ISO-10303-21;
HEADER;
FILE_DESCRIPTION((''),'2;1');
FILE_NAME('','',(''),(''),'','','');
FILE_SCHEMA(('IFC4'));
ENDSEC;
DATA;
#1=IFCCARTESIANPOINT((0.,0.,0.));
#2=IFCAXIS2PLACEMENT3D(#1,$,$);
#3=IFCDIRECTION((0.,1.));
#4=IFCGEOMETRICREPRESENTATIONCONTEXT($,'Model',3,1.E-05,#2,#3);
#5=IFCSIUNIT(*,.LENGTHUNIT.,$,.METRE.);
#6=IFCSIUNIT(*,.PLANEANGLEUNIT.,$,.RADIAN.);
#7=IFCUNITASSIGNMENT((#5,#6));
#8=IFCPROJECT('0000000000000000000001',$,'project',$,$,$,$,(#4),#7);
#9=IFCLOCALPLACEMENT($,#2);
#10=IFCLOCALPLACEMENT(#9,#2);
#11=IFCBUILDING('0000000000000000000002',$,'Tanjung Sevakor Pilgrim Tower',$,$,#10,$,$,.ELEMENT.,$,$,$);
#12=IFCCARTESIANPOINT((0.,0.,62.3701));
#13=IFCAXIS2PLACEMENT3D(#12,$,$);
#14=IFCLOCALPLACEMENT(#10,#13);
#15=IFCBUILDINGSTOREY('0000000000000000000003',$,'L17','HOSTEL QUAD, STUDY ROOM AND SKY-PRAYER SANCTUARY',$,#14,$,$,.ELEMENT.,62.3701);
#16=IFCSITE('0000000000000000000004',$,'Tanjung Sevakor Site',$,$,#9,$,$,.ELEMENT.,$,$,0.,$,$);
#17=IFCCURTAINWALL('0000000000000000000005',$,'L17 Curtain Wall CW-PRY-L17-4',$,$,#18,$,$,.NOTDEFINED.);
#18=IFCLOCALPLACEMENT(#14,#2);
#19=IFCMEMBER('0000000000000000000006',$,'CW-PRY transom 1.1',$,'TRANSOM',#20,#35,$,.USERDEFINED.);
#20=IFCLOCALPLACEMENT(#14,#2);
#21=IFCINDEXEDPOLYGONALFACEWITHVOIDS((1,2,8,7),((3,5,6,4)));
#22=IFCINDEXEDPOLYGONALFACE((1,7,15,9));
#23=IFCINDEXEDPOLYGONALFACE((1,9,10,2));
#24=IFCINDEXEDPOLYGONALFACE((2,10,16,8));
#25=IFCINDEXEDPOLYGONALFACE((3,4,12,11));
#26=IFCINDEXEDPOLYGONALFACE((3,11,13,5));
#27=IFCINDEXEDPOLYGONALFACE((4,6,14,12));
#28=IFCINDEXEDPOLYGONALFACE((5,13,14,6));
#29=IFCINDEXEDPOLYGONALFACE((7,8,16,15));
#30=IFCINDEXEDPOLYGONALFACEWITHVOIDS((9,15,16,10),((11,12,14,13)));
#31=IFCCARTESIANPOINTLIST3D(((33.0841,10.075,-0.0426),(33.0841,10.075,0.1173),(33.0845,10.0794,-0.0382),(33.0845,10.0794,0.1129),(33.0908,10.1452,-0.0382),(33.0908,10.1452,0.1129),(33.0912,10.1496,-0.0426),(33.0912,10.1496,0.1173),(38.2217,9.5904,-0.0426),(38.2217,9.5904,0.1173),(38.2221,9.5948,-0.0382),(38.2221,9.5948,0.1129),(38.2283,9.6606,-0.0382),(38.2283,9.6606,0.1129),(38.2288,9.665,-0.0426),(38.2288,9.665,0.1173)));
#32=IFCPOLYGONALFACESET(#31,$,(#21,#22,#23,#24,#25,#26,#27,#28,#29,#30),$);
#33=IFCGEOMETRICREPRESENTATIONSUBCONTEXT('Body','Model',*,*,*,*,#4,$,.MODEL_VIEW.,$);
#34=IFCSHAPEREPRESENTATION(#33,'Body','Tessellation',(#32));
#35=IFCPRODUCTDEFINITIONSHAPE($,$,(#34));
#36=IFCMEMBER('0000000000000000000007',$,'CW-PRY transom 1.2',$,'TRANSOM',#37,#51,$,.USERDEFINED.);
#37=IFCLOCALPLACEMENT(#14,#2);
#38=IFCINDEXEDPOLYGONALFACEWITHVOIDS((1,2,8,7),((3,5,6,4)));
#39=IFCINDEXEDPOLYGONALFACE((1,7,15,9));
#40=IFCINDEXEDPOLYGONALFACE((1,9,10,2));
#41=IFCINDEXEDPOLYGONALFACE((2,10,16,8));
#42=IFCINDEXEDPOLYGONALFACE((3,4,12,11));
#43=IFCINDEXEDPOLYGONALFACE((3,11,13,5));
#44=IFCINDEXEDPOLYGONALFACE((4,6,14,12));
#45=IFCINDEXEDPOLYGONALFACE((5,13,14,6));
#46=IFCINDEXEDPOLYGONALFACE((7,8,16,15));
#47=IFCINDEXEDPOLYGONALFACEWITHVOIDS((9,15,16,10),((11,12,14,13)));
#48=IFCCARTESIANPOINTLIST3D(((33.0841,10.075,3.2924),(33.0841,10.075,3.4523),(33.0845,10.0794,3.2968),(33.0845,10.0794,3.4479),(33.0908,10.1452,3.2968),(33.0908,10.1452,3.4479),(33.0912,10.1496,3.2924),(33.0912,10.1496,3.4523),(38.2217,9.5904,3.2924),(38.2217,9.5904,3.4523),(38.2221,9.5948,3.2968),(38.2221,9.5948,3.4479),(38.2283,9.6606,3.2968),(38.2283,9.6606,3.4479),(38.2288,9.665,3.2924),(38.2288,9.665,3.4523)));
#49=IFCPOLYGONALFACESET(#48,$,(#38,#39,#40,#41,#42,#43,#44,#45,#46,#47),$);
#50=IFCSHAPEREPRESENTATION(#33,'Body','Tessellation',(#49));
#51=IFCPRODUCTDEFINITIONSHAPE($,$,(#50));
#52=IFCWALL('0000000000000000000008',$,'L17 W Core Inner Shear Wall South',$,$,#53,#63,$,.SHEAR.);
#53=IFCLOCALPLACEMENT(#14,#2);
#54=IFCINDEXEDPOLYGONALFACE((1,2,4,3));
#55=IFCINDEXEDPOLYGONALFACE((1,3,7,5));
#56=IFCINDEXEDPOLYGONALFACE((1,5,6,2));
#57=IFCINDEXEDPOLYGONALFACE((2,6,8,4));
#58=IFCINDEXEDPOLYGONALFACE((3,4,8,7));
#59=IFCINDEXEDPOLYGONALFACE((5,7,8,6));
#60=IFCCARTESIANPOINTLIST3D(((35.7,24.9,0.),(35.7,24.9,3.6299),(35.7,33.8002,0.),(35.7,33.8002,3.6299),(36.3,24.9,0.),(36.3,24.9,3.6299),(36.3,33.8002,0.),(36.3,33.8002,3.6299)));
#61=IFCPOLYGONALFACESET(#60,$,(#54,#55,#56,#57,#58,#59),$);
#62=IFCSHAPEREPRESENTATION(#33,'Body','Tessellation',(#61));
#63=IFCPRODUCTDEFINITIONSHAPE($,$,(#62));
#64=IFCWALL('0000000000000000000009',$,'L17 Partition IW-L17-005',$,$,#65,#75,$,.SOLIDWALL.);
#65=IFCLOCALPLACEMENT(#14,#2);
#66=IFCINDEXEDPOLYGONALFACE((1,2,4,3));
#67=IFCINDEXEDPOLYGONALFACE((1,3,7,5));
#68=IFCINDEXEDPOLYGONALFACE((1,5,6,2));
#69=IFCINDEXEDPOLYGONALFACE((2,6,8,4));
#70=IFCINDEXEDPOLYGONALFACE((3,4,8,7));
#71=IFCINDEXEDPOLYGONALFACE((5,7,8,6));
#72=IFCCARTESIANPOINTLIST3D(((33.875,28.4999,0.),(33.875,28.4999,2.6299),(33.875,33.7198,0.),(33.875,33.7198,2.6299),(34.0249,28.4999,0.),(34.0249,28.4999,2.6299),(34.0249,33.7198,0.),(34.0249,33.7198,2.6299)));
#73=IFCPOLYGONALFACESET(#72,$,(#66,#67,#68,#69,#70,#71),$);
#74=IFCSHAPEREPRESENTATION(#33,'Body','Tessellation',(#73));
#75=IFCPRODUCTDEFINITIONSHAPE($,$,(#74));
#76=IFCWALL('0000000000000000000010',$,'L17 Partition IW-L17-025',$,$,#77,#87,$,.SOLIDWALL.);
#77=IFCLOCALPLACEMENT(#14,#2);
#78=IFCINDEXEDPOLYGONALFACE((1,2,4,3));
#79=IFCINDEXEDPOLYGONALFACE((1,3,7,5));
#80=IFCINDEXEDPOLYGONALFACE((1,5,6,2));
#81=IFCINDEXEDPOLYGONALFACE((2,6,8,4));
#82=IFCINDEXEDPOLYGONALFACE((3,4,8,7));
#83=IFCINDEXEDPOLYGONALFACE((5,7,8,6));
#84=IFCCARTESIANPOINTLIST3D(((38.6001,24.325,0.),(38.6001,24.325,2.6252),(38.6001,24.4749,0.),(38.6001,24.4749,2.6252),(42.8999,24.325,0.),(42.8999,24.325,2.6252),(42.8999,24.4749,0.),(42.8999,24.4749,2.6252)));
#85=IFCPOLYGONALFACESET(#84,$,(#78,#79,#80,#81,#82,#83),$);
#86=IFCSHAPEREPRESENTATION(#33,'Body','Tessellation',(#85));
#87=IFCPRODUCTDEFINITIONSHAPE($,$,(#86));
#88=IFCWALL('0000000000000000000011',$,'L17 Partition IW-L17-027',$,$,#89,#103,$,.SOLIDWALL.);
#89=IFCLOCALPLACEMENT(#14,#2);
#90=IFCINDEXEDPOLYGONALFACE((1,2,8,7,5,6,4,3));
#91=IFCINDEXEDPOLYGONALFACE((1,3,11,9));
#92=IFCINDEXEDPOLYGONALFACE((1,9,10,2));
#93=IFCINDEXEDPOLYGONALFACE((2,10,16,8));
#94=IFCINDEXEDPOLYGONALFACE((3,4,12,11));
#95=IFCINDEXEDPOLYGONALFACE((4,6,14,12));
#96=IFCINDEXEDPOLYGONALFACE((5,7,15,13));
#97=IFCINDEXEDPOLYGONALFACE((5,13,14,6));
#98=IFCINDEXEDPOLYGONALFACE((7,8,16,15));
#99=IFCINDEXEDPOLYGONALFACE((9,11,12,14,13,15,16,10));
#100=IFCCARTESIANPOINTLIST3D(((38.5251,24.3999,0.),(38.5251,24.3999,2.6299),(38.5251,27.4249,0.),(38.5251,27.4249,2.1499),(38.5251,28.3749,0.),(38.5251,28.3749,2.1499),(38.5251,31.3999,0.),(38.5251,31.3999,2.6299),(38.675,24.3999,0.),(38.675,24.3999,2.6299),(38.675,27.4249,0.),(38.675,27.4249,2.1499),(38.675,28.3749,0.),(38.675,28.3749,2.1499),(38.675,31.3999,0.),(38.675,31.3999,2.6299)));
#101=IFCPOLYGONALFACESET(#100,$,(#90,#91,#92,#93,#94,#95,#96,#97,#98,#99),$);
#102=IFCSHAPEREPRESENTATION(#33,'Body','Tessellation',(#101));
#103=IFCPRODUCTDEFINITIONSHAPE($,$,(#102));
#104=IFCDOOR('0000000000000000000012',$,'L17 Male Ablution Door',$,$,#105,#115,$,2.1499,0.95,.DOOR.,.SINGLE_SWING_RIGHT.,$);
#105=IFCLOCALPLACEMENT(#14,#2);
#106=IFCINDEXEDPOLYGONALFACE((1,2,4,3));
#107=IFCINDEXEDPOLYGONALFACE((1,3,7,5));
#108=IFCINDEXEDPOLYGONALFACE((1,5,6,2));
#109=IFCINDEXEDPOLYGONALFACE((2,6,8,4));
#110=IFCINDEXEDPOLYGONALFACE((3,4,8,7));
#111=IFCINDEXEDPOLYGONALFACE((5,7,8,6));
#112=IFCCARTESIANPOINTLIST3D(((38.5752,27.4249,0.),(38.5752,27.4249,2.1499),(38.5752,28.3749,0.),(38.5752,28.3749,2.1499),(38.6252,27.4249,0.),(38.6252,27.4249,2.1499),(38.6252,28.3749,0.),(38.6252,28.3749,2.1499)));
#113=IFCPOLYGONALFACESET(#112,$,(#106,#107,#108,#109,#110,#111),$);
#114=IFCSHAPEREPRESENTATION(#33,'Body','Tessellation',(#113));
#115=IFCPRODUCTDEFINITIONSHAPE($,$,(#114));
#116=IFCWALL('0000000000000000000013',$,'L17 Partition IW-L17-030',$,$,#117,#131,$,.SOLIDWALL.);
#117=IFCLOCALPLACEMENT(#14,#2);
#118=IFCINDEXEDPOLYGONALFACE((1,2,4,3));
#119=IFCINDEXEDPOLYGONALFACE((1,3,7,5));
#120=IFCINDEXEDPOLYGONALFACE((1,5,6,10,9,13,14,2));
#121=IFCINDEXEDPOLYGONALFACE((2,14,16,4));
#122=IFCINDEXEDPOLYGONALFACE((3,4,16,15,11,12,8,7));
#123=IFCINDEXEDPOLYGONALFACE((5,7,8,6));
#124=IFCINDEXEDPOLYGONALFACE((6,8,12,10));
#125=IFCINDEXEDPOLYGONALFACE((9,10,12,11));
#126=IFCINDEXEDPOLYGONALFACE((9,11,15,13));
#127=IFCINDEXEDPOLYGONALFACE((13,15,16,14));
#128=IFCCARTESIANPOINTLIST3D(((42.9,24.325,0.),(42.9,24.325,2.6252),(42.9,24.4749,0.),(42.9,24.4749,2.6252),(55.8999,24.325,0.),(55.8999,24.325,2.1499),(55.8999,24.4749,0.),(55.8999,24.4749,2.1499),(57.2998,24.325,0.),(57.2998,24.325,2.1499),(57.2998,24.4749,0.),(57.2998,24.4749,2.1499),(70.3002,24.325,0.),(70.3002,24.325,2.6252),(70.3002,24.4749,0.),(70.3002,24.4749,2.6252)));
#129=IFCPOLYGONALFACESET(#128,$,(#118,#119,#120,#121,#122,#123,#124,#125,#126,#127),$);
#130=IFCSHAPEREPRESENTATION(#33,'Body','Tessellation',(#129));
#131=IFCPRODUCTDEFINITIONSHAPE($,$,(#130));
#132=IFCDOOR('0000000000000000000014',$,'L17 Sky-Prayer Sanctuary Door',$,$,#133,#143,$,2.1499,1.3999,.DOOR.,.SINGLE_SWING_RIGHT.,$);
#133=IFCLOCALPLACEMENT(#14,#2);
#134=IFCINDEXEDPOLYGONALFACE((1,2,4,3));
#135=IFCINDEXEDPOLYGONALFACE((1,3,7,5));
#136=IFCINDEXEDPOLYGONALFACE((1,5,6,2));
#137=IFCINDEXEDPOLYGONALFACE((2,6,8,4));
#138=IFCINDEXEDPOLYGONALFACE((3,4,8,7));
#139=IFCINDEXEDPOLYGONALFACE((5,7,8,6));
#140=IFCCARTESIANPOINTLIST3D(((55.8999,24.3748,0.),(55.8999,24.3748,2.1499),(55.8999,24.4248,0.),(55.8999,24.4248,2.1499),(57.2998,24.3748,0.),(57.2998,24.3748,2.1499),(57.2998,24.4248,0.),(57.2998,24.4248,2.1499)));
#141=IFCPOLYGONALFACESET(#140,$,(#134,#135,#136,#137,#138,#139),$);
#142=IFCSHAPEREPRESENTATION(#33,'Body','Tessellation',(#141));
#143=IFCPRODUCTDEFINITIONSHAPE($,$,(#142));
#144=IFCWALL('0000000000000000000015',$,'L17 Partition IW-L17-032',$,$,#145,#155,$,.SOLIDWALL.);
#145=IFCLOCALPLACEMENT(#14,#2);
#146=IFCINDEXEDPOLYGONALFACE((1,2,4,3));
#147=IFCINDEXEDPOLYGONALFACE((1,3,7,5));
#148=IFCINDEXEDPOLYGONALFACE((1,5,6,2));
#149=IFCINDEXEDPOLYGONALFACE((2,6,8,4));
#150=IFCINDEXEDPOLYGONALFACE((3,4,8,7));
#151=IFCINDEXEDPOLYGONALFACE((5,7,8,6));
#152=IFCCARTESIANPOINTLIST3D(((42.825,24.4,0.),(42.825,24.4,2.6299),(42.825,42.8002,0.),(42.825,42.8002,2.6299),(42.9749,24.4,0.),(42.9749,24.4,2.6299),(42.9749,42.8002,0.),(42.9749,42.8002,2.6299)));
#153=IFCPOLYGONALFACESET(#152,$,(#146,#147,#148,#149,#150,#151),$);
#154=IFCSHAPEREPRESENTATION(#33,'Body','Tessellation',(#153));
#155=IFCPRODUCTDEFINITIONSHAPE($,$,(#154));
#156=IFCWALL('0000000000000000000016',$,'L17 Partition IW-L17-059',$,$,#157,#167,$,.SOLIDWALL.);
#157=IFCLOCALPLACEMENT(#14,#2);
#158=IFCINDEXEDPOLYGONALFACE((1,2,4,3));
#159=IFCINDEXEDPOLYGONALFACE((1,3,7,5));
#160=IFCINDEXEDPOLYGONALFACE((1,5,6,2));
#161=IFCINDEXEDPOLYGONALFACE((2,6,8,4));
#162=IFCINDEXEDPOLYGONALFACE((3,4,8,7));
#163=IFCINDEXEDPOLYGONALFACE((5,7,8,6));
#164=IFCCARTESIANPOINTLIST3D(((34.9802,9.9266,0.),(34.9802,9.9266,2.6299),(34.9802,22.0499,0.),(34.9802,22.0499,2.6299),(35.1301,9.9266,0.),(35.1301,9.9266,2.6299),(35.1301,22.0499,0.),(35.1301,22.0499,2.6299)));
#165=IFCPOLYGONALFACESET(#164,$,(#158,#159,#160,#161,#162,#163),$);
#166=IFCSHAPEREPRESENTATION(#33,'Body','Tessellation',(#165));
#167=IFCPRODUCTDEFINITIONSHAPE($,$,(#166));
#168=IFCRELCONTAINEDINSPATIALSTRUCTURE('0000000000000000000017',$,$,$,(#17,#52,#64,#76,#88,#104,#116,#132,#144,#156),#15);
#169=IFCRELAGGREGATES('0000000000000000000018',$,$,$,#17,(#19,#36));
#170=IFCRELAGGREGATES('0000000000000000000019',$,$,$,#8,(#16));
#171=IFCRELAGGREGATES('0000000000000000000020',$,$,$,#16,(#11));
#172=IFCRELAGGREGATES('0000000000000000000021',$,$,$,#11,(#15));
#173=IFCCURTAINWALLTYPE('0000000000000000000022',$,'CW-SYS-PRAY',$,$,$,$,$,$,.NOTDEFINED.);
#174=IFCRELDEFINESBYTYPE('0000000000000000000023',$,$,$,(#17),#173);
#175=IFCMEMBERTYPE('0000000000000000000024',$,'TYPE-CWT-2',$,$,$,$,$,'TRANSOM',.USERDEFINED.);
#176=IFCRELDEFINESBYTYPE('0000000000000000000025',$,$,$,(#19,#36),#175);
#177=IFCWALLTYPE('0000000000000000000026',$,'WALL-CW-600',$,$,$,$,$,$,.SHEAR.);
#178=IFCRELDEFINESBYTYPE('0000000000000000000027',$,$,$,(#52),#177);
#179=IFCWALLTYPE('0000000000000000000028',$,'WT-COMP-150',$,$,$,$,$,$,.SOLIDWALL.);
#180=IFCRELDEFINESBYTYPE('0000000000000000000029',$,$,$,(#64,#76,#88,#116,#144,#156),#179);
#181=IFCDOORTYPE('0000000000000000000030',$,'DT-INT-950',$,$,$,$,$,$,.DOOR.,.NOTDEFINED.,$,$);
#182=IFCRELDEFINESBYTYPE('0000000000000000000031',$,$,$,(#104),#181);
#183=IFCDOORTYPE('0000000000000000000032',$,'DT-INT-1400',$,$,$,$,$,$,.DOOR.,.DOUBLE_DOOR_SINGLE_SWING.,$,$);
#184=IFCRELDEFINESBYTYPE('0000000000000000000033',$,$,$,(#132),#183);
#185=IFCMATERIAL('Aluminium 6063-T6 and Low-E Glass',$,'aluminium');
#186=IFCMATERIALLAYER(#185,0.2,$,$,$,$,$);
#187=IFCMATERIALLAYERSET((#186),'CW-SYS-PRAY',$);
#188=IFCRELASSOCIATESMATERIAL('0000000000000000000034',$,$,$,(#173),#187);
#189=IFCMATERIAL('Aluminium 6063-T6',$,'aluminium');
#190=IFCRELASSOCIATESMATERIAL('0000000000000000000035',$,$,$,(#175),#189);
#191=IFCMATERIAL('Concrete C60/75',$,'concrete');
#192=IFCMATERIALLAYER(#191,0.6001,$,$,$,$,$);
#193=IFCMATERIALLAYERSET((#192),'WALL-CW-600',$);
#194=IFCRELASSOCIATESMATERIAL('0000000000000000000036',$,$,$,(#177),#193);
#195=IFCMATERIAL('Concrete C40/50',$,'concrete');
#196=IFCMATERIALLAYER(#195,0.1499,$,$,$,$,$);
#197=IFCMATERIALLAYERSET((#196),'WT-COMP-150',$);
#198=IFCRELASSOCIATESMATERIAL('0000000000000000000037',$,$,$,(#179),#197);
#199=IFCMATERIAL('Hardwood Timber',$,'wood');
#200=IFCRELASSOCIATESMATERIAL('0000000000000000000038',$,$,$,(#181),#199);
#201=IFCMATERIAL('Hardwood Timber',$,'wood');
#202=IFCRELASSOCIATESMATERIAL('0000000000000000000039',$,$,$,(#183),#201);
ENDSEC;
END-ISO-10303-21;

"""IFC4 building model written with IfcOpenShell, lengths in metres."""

from ifc_helpers import new_model, si_unit, direction, frame, frame_2d, origin, origin_2d, place, context, subcontext, project, spatial, rectangle, hollow_rectangle, extrude, material, layer, layer_set, material_profile, profile_set, type_object, element, fill, aggregate, save


model = new_model("IFC4")

# Units and contexts
model_context = context("Model", 3, precision=1e-05, world=origin(), true_north=direction((0.0, 1.0)))
body_context = subcontext(model_context, "Body", "Model", "MODEL_VIEW")
ifc_project = project(units=[si_unit("LENGTHUNIT", "METRE"), si_unit("PLANEANGLEUNIT", "RADIAN")], contexts=[model_context])

# Site, building, storey
site_placement = place(None, origin())
site = spatial("IfcSite", under=ifc_project, at=site_placement, Name="Tanjung Sevakor Site", CompositionType="ELEMENT", RefElevation=0.0)
building_placement = place(site_placement, origin())
building = spatial("IfcBuilding", under=site, at=building_placement, Name="Tanjung Sevakor Pilgrim Tower", CompositionType="ELEMENT")
storey_placement = place(building_placement, frame((0.0, 0.0, 62.3701)))
storey = spatial("IfcBuildingStorey", under=building, at=storey_placement, Name="L17", Description="HOSTEL QUAD, STUDY ROOM AND SKY-PRAYER SANCTUARY", CompositionType="ELEMENT", Elevation=62.3701)

# Curtain wall
ifc_material_1 = material(Name="Aluminium 6063-T6 and Low-E Glass", Category="aluminium")
ifc_layer_1 = layer(ifc_material_1, 0.2)
ifc_layer_set_1 = layer_set([ifc_layer_1], Name="CW-SYS-PRAY")
curtain_wall_type = type_object("IfcCurtainWallType", Name="CW-SYS-PRAY", PredefinedType="NOTDEFINED", material=ifc_layer_set_1)
curtain_wall_1_placement = place(storey_placement, origin())
curtain_wall_1 = element("IfcCurtainWall", 1, at=curtain_wall_1_placement, inside=storey, type_object=curtain_wall_type, Name="L17 Curtain Wall CW-PRY-L17-4", PredefinedType="NOTDEFINED")

# Members
ifc_material_2 = material(Name="Aluminium 6063-T6", Category="aluminium")
ifc_material_profile_1 = material_profile(ifc_material_2, hollow_rectangle(XDim=0.075, YDim=0.1599, WallThickness=0.0044, at=origin_2d()))
ifc_profile_set_1 = profile_set([ifc_material_profile_1], Name="Aluminium 6063-T6")
member_type_1 = type_object("IfcMemberType", Name="TYPE-CWT-2", ElementType="TRANSOM", PredefinedType="USERDEFINED", material=ifc_profile_set_1)
member_1_placement = place(storey_placement, frame((33.0876, 10.1123, 0.0374), z_axis=(0.995581, -0.093909, 0.0), x_axis=(0.093909, 0.995581, 0.0)))
member_1 = element("IfcMember", 2, at=member_1_placement, type_object=member_type_1, Name="CW-PRY transom 1.1", ObjectType="TRANSOM", PredefinedType="USERDEFINED", context=body_context, shape_type="SweptSolid", body=[
    extrude(hollow_rectangle(XDim=0.075, YDim=0.1599, WallThickness=0.0044, at=origin_2d()), origin(), (0.0, 0.0, 1.0), 5.1604),
])
member_2_placement = place(storey_placement, frame((33.0876, 10.1123, 3.3723), z_axis=(0.995581, -0.093909, 0.0), x_axis=(0.093909, 0.995581, 0.0)))
member_2 = element("IfcMember", 3, at=member_2_placement, type_object=member_type_1, Name="CW-PRY transom 1.2", ObjectType="TRANSOM", PredefinedType="USERDEFINED", context=body_context, shape_type="SweptSolid", body=[
    extrude(hollow_rectangle(XDim=0.075, YDim=0.1599, WallThickness=0.0044, at=origin_2d()), origin(), (0.0, 0.0, 1.0), 5.1604),
])
aggregate(curtain_wall_1, [member_1, member_2])

# Walls
ifc_material_3 = material(Name="Concrete C60/75", Category="concrete")
ifc_layer_2 = layer(ifc_material_3, 0.6001)
ifc_layer_set_2 = layer_set([ifc_layer_2], Name="WALL-CW-600")
wall_type_1 = type_object("IfcWallType", Name="WALL-CW-600", PredefinedType="SHEAR", material=ifc_layer_set_2)
wall_1_placement = place(storey_placement, frame((36.0, 24.8999, 0.0), z_axis=(0.0, 0.0, 1.0), x_axis=(0.0, 1.0, 0.0)))
element("IfcWall", 4, at=wall_1_placement, inside=storey, type_object=wall_type_1, Name="L17 W Core Inner Shear Wall South", PredefinedType="SHEAR", context=body_context, shape_type="SweptSolid", body=[
    extrude(rectangle(XDim=8.9001, YDim=0.6001, at=frame_2d((4.4502, 0.0))), origin(), (0.0, 0.0, 1.0), 3.6299),
])
ifc_material_4 = material(Name="Concrete C40/50", Category="concrete")
ifc_layer_3 = layer(ifc_material_4, 0.1499)
ifc_layer_set_3 = layer_set([ifc_layer_3], Name="WT-COMP-150")
wall_type_2 = type_object("IfcWallType", Name="WT-COMP-150", PredefinedType="SOLIDWALL", material=ifc_layer_set_3)
wall_2_placement = place(storey_placement, frame((33.95, 28.5, 0.0), z_axis=(0.0, 0.0, 1.0), x_axis=(0.0, 1.0, 0.0)))
element("IfcWall", 5, at=wall_2_placement, inside=storey, type_object=wall_type_2, Name="L17 Partition IW-L17-005", PredefinedType="SOLIDWALL", context=body_context, shape_type="SweptSolid", body=[
    extrude(rectangle(XDim=5.22, YDim=0.1499, at=frame_2d((2.6099, 0.0))), origin(), (0.0, 0.0, 1.0), 2.6299),
])
wall_3_placement = place(storey_placement, frame((38.6001, 24.3999, 0.0), z_axis=(0.0, 0.0, 1.0), x_axis=(1.0, 0.0, 0.0)))
element("IfcWall", 6, at=wall_3_placement, inside=storey, type_object=wall_type_2, Name="L17 Partition IW-L17-025", PredefinedType="SOLIDWALL", context=body_context, shape_type="SweptSolid", body=[
    extrude(rectangle(XDim=4.2998, YDim=0.1499, at=frame_2d((2.1499, 0.0))), origin(), (0.0, 0.0, 1.0), 2.6252),
])

# Walls, openings, doors
wall_4_placement = place(storey_placement, frame((38.6001, 24.3999, 0.0), z_axis=(0.0, 0.0, 1.0), x_axis=(0.0, 1.0, 0.0)))
wall_4 = element("IfcWall", 7, at=wall_4_placement, inside=storey, type_object=wall_type_2, Name="L17 Partition IW-L17-027", PredefinedType="SOLIDWALL", context=body_context, shape_type="SweptSolid", body=[
    extrude(rectangle(XDim=7.0, YDim=0.1499, at=frame_2d((3.5, 0.0))), origin(), (0.0, 0.0, 1.0), 2.6299),
])
opening_1_placement = place(wall_4_placement, frame((3.0249, 0.0, 0.0)))
opening_1 = element("IfcOpeningElement", 8, at=opening_1_placement, cuts=wall_4, PredefinedType="OPENING", context=body_context, shape_type="SweptSolid", body=[
    extrude(rectangle(XDim=0.95, YDim=2.1499, at=frame_2d((0.4751, 1.075))), frame((0.0, 0.085, 0.0), z_axis=(0.0, -1.0, 0.0), x_axis=(1.0, 0.0, 0.0)), (0.0, 0.0, 1.0), 0.1699),
])
ifc_material_5 = material(Name="Hardwood Timber", Category="wood")
door_type_1 = type_object("IfcDoorType", Name="DT-INT-950", OperationType="NOTDEFINED", PredefinedType="DOOR", material=ifc_material_5)
door_1_placement = place(opening_1_placement, origin())
door_1 = element("IfcDoor", 9, at=door_1_placement, inside=storey, type_object=door_type_1, Name="L17 Male Ablution Door", OperationType="SINGLE_SWING_RIGHT", OverallHeight=2.1499, OverallWidth=0.95, PredefinedType="DOOR", context=body_context, shape_type="SweptSolid", body=[
    extrude(rectangle(XDim=0.95, YDim=2.1499, at=frame_2d((0.4751, 1.075))), frame((0.0, 0.0249, 0.0), z_axis=(0.0, -1.0, 0.0), x_axis=(1.0, 0.0, 0.0)), (0.0, 0.0, 1.0), 0.05),
])
fill(opening_1, door_1)
wall_5_placement = place(storey_placement, frame((42.8999, 24.3999, 0.0), z_axis=(0.0, 0.0, 1.0), x_axis=(1.0, 0.0, 0.0)))
wall_5 = element("IfcWall", 10, at=wall_5_placement, inside=storey, type_object=wall_type_2, Name="L17 Partition IW-L17-030", PredefinedType="SOLIDWALL", context=body_context, shape_type="SweptSolid", body=[
    extrude(rectangle(XDim=27.4001, YDim=0.1499, at=frame_2d((13.7002, 0.0))), origin(), (0.0, 0.0, 1.0), 2.6252),
])
opening_2_placement = place(wall_5_placement, frame((13.0, 0.0, 0.0)))
opening_2 = element("IfcOpeningElement", 11, at=opening_2_placement, cuts=wall_5, PredefinedType="OPENING", context=body_context, shape_type="SweptSolid", body=[
    extrude(rectangle(XDim=1.3999, YDim=2.1499, at=frame_2d((0.7, 1.075))), frame((0.0, 0.085, 0.0), z_axis=(0.0, -1.0, 0.0), x_axis=(1.0, 0.0, 0.0)), (0.0, 0.0, 1.0), 0.1699),
])
ifc_material_6 = material(Name="Hardwood Timber", Category="wood")
door_type_2 = type_object("IfcDoorType", Name="DT-INT-1400", OperationType="DOUBLE_DOOR_SINGLE_SWING", PredefinedType="DOOR", material=ifc_material_6)
door_2_placement = place(opening_2_placement, origin())
door_2 = element("IfcDoor", 12, at=door_2_placement, inside=storey, type_object=door_type_2, Name="L17 Sky-Prayer Sanctuary Door", OperationType="SINGLE_SWING_RIGHT", OverallHeight=2.1499, OverallWidth=1.3999, PredefinedType="DOOR", context=body_context, shape_type="SweptSolid", body=[
    extrude(rectangle(XDim=1.3999, YDim=2.1499, at=frame_2d((0.7, 1.075))), frame((0.0, 0.0249, 0.0), z_axis=(0.0, -1.0, 0.0), x_axis=(1.0, 0.0, 0.0)), (0.0, 0.0, 1.0), 0.05),
])
fill(opening_2, door_2)

# Walls
wall_6_placement = place(storey_placement, frame((42.8999, 24.3999, 0.0), z_axis=(0.0, 0.0, 1.0), x_axis=(0.0, 1.0, 0.0)))
element("IfcWall", 13, at=wall_6_placement, inside=storey, type_object=wall_type_2, Name="L17 Partition IW-L17-032", PredefinedType="SOLIDWALL", context=body_context, shape_type="SweptSolid", body=[
    extrude(rectangle(XDim=18.4001, YDim=0.1499, at=frame_2d((9.2002, 0.0))), origin(), (0.0, 0.0, 1.0), 2.6299),
])
wall_7_placement = place(storey_placement, frame((35.0552, 9.9268, 0.0), z_axis=(0.0, 0.0, 1.0), x_axis=(0.0, 1.0, 0.0)))
element("IfcWall", 14, at=wall_7_placement, inside=storey, type_object=wall_type_2, Name="L17 Partition IW-L17-059", PredefinedType="SOLIDWALL", context=body_context, shape_type="SweptSolid", body=[
    extrude(rectangle(XDim=12.1233, YDim=0.1499, at=frame_2d((6.0615, 0.0))), origin(), (0.0, 0.0, 1.0), 2.6299),
])

save(model, "model.ifc")
